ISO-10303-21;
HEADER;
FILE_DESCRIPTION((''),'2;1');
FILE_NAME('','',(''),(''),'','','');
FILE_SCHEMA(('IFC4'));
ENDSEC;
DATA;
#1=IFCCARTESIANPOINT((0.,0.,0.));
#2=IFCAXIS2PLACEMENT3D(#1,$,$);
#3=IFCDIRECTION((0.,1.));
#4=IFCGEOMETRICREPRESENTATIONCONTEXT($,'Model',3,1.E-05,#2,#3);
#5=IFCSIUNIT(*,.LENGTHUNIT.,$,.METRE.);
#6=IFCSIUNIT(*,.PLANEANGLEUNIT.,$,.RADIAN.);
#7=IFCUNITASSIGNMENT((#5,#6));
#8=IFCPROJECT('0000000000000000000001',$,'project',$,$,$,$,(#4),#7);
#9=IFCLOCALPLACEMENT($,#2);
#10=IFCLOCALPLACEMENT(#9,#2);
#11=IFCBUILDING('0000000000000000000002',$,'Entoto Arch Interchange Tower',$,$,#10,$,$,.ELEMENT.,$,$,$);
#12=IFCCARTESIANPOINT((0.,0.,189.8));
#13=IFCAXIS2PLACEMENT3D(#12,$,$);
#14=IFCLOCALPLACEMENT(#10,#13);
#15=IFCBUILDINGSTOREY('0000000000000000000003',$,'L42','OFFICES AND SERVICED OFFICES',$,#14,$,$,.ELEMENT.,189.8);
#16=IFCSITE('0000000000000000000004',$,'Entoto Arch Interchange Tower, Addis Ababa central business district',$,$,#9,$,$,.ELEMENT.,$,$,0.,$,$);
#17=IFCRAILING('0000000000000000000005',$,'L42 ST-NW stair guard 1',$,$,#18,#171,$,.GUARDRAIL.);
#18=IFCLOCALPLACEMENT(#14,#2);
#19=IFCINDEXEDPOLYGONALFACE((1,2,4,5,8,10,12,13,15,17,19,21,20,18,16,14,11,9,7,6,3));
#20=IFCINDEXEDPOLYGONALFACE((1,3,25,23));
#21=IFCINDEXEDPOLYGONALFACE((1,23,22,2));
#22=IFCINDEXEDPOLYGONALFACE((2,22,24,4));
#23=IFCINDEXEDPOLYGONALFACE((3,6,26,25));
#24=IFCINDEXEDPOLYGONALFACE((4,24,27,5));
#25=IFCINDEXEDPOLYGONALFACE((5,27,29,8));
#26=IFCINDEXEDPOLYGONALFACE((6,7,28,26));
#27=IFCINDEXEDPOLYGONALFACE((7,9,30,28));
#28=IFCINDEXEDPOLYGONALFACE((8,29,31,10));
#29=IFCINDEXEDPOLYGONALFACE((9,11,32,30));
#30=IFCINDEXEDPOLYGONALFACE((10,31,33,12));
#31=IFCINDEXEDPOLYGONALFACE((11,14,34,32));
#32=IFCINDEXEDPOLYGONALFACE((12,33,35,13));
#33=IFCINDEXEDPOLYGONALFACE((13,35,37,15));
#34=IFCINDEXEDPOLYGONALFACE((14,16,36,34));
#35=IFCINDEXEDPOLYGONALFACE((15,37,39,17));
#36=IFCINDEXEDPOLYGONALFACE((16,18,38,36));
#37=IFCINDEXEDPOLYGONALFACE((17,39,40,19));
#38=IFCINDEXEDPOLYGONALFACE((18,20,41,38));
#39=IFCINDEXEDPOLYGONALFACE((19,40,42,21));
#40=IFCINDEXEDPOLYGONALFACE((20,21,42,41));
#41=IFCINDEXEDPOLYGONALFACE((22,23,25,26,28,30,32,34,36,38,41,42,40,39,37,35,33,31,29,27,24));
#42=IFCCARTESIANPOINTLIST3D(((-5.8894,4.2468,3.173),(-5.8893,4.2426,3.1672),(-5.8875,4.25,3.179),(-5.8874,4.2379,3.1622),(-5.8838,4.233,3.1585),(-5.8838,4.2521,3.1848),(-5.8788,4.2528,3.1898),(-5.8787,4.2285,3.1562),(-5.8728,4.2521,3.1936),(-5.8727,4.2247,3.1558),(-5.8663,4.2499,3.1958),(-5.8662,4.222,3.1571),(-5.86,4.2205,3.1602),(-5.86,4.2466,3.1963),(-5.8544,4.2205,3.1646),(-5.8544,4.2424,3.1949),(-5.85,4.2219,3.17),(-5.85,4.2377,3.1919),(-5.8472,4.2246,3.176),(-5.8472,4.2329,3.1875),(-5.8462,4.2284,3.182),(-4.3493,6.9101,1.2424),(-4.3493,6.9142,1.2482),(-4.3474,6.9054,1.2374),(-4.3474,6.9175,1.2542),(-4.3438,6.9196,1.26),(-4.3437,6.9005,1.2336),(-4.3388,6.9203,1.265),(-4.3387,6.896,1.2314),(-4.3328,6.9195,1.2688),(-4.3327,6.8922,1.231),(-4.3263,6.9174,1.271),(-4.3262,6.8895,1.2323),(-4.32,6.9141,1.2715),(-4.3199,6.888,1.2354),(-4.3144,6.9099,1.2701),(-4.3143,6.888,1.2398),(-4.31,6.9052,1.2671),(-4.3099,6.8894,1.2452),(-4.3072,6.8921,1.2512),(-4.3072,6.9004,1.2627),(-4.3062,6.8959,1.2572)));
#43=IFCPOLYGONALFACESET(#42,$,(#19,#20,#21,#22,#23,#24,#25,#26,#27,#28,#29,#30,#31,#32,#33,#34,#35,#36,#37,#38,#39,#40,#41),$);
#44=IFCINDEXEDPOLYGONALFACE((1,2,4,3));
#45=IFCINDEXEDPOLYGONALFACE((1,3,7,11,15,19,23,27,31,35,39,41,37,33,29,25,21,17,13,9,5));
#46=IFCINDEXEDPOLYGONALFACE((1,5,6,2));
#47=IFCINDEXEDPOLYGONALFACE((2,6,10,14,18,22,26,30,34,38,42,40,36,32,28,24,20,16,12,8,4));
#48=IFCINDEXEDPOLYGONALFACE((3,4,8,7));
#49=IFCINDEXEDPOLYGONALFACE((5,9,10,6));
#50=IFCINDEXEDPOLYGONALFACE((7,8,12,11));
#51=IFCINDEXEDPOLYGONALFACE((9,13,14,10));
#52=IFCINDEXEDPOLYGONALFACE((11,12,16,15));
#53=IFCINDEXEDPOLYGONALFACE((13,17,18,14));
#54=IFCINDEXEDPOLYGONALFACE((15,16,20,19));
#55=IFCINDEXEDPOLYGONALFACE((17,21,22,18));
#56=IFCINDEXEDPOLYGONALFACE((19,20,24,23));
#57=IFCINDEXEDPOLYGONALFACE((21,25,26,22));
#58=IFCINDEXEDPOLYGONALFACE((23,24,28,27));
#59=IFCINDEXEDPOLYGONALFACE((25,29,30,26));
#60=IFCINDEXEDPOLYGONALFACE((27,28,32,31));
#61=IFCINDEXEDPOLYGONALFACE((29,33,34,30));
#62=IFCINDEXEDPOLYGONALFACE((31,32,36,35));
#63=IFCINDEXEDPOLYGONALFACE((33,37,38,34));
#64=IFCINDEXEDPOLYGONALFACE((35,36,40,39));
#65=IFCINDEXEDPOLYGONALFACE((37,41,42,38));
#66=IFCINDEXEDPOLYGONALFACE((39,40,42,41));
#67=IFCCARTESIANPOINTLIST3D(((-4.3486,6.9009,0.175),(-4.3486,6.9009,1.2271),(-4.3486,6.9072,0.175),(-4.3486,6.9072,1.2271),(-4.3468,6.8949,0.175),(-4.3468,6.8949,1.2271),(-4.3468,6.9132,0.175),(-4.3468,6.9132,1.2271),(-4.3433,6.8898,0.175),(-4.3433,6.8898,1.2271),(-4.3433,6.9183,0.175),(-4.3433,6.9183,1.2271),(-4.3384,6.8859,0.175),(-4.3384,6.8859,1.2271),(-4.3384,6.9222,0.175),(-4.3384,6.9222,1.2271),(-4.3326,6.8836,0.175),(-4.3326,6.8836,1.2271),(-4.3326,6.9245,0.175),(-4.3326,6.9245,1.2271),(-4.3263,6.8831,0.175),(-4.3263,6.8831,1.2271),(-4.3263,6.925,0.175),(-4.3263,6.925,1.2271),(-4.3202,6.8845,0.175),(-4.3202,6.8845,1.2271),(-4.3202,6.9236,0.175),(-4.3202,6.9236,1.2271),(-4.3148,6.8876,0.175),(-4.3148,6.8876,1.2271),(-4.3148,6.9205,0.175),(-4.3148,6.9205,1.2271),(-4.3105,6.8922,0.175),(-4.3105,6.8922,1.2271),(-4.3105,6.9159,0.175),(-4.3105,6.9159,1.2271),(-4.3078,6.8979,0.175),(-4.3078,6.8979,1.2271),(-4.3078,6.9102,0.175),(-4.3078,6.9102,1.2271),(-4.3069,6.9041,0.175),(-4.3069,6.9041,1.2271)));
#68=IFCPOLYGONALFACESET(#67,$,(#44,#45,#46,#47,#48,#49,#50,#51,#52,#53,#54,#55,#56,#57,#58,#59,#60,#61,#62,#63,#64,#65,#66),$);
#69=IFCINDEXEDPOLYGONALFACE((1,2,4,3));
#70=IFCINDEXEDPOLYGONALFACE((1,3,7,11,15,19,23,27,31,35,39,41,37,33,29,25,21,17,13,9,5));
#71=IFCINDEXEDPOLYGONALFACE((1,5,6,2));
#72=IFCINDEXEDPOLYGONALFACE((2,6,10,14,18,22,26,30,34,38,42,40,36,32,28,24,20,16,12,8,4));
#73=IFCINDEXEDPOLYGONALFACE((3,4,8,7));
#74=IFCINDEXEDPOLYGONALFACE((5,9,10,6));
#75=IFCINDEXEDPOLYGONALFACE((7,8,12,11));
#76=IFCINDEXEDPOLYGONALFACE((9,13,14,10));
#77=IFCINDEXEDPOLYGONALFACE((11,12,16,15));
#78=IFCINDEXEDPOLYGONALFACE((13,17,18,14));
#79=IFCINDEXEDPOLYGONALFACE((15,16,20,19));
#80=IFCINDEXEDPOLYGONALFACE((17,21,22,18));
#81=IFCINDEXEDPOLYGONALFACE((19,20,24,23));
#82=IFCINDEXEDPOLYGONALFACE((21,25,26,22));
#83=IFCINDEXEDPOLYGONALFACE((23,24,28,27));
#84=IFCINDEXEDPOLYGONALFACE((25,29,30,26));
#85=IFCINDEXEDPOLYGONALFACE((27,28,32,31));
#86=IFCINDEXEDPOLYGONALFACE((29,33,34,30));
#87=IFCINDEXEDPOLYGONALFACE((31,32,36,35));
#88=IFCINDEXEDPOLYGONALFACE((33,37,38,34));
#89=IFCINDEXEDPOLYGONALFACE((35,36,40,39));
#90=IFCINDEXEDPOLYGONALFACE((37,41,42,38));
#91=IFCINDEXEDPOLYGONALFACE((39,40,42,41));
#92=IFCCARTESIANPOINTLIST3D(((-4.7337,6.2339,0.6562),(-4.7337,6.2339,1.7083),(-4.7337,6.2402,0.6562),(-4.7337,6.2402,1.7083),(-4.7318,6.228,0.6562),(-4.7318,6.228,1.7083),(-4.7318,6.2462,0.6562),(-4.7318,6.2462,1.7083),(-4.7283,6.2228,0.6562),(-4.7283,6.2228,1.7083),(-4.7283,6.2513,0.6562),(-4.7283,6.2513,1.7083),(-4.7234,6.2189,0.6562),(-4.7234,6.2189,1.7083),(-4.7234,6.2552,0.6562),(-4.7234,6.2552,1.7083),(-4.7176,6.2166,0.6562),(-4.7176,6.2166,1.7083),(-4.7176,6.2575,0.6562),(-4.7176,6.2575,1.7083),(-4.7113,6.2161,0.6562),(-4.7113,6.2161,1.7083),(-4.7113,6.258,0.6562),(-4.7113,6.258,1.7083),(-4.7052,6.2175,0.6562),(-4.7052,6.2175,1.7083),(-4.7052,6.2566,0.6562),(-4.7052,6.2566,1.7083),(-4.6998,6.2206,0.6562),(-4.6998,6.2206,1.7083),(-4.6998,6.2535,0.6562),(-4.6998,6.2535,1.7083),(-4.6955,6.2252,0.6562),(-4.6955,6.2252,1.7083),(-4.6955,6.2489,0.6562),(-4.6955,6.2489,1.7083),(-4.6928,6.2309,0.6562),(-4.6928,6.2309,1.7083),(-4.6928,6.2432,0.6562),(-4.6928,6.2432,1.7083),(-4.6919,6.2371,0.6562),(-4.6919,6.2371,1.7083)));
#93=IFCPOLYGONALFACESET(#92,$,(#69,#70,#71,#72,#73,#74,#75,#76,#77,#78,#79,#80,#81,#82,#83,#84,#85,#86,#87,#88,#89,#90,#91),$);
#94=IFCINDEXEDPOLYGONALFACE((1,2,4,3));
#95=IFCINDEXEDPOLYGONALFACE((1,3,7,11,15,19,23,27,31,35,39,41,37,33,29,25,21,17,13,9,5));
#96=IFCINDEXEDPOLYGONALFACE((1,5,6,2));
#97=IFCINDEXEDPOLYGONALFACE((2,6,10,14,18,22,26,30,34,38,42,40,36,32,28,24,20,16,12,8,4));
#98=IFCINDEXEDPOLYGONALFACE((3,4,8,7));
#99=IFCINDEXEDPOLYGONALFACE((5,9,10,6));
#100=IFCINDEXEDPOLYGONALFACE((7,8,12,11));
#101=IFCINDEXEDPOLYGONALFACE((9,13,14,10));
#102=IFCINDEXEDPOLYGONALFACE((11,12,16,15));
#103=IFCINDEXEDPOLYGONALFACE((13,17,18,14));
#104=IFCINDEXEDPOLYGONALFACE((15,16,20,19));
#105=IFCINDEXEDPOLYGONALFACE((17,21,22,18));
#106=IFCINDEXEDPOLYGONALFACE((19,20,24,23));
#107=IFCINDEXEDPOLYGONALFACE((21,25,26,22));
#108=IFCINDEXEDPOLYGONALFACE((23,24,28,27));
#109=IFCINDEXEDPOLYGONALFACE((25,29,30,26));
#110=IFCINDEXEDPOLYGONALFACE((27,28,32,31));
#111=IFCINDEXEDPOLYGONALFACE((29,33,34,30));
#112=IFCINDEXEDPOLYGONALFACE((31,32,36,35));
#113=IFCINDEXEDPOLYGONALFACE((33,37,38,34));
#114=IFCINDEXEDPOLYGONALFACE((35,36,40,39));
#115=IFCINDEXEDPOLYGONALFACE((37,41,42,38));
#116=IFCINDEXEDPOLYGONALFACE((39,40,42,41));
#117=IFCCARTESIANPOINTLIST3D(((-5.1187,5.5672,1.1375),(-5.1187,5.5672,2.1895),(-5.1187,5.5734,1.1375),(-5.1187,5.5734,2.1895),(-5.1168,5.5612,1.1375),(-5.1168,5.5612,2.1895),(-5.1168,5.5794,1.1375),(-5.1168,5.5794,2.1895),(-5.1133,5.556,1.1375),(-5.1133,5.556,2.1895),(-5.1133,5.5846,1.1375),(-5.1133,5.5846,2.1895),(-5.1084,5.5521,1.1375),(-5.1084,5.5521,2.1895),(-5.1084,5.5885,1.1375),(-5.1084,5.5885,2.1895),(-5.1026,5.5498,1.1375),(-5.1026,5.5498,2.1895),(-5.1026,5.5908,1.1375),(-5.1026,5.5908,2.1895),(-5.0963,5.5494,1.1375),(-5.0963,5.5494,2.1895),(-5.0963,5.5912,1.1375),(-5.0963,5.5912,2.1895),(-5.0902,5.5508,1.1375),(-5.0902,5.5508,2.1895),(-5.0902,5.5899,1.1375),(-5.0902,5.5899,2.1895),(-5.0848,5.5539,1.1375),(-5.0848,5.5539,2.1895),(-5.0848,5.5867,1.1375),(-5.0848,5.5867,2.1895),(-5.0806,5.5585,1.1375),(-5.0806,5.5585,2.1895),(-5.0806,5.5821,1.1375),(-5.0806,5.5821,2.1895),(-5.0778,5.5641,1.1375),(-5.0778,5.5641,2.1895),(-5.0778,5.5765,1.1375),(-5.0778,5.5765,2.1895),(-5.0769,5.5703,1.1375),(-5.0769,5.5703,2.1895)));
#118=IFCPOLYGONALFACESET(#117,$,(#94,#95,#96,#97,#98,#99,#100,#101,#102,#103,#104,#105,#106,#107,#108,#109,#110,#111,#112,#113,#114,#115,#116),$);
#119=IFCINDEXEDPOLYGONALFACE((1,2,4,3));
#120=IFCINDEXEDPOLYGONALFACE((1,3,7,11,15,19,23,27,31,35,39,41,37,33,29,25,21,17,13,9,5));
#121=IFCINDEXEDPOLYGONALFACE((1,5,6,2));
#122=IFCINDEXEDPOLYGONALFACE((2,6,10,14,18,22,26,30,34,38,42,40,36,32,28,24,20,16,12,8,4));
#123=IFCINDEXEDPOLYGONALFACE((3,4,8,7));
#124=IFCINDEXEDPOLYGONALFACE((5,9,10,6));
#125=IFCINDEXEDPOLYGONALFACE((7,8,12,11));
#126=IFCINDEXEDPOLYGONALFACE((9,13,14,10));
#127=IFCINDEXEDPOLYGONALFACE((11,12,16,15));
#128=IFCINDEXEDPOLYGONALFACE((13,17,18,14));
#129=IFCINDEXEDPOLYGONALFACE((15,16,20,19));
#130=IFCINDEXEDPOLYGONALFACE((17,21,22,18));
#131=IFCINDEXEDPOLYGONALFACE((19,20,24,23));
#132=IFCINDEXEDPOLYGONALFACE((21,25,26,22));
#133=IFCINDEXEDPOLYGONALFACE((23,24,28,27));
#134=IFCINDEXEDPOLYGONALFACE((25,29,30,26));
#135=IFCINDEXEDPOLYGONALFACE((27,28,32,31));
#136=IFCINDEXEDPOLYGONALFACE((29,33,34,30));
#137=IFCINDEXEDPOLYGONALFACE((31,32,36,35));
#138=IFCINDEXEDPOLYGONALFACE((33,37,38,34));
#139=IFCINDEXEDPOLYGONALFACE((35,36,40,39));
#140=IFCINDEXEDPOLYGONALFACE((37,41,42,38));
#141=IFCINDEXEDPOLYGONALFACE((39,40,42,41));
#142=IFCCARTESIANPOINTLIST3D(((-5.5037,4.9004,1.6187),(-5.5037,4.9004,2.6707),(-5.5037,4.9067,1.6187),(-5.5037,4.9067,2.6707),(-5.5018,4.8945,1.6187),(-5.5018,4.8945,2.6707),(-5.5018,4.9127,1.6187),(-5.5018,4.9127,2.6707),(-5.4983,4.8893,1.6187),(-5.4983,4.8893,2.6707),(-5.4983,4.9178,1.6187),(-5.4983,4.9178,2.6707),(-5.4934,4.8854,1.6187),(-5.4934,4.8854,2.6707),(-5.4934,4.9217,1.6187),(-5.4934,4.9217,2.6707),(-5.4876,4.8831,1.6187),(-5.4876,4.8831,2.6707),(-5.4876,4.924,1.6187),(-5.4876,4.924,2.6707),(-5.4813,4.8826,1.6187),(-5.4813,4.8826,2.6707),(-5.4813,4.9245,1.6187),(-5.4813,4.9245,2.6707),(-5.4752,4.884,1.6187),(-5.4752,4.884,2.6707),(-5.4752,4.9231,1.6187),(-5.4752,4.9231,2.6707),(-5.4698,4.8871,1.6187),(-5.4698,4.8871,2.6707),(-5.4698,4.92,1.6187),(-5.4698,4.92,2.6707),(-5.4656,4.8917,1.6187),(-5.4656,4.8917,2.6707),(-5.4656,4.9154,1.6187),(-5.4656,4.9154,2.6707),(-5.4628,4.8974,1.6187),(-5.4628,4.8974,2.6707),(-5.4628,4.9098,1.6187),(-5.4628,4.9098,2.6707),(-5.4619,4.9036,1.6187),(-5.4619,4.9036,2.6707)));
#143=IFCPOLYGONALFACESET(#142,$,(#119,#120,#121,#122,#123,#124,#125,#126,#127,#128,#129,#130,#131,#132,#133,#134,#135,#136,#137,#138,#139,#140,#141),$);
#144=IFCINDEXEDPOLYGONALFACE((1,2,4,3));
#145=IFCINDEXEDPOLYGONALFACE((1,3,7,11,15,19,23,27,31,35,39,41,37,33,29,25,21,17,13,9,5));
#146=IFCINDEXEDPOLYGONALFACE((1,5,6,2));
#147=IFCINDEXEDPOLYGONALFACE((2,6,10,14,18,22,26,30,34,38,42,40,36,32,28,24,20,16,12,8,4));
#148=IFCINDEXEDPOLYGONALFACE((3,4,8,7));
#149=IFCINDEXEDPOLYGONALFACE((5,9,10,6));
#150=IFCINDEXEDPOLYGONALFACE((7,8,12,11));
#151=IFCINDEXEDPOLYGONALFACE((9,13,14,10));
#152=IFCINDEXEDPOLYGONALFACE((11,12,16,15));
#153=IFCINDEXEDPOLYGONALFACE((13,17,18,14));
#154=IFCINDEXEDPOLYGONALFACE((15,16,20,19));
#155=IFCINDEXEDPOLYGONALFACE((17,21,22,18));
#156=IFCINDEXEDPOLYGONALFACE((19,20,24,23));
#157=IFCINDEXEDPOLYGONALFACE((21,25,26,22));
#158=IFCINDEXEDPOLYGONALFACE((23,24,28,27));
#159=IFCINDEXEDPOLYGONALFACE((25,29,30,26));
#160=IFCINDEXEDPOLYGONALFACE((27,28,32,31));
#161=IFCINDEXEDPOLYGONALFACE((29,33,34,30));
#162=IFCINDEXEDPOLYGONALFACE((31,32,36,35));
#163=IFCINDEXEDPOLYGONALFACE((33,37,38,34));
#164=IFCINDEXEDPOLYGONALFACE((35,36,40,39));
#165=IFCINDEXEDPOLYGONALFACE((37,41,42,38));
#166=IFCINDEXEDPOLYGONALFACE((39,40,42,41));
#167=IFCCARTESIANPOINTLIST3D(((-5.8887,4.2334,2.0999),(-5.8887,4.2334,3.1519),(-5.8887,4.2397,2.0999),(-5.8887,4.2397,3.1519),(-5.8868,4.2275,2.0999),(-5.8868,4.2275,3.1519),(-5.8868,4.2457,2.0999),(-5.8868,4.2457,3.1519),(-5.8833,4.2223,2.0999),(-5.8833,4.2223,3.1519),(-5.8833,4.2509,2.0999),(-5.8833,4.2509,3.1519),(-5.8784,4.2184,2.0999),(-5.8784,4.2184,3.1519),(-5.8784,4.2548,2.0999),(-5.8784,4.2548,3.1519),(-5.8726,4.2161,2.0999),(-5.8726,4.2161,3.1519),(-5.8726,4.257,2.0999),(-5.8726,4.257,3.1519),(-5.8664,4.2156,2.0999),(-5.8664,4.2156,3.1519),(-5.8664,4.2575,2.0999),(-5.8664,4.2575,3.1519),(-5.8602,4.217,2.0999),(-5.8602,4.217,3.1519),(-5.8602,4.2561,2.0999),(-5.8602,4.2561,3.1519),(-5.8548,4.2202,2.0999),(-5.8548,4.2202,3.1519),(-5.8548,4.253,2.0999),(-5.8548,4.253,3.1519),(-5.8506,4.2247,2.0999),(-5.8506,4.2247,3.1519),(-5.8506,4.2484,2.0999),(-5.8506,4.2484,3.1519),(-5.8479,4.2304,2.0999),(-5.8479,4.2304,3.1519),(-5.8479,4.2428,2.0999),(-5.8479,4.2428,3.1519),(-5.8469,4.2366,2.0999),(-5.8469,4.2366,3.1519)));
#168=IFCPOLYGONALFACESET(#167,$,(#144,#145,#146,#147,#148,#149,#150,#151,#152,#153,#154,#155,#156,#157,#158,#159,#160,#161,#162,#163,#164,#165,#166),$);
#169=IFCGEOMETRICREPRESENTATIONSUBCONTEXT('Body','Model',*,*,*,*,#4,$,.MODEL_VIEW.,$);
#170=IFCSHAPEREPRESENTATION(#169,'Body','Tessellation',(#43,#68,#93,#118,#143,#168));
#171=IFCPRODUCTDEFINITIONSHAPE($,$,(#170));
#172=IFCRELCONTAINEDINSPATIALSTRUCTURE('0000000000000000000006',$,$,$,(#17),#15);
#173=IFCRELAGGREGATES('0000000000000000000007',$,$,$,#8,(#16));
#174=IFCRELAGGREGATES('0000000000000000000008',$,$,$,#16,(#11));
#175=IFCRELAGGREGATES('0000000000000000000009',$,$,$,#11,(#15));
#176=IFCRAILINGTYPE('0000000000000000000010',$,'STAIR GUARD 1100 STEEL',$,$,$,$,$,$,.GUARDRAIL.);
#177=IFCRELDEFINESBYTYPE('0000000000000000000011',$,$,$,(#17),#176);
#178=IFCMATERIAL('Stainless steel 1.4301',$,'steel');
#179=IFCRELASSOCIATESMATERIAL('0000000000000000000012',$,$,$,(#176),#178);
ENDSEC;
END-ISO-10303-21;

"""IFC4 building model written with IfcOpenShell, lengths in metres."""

from ifc_helpers import new_model, si_unit, direction, frame, origin, origin_2d, place, context, subcontext, project, spatial, circle, extrude, material, type_object, element, save


model = new_model("IFC4")

# Units and contexts
model_context = context("Model", 3, precision=1e-05, world=origin(), true_north=direction((0.0, 1.0)))
body_context = subcontext(model_context, "Body", "Model", "MODEL_VIEW")
ifc_project = project(units=[si_unit("LENGTHUNIT", "METRE"), si_unit("PLANEANGLEUNIT", "RADIAN")], contexts=[model_context])

# Site, building, storey
site_placement = place(None, origin())
site = spatial("IfcSite", under=ifc_project, at=site_placement, Name="Entoto Arch Interchange Tower, Addis Ababa central business district", CompositionType="ELEMENT", RefElevation=0.0)
building_placement = place(site_placement, origin())
building = spatial("IfcBuilding", under=site, at=building_placement, Name="Entoto Arch Interchange Tower", CompositionType="ELEMENT")
storey_placement = place(building_placement, frame((0.0, 0.0, 189.8)))
storey = spatial("IfcBuildingStorey", under=building, at=storey_placement, Name="L42", Description="OFFICES AND SERVICED OFFICES", CompositionType="ELEMENT", Elevation=189.8)

# Railing
ifc_material_1 = material(Name="Stainless steel 1.4301", Category="steel")
railing_type_1 = type_object("IfcRailingType", Name="STAIR GUARD 1100 STEEL", PredefinedType="GUARDRAIL", material=ifc_material_1)
railing_1_placement = place(storey_placement, frame((-4.3279, 6.9041, 0.175)))
element("IfcRailing", 1, at=railing_1_placement, inside=storey, type_object=railing_type_1, Name="L42 ST-NW stair guard 1", PredefinedType="GUARDRAIL", context=body_context, shape_type="SweptSolid", body=[
    extrude(circle(Radius=0.0239, at=origin_2d()), frame((0.0, 0.0, 1.0762), z_axis=(-0.42401, -0.734421, 0.529945), x_axis=(0.86603, -0.499992, 0.0)), (0.0, 0.0, 1.0), 3.6321),
    extrude(circle(Radius=0.021, at=origin_2d()), origin(), (0.0, 0.0, 1.0), 1.052),
    extrude(circle(Radius=0.021, at=origin_2d()), frame((-0.385, -0.667, 0.4812)), (0.0, 0.0, 1.0), 1.052),
    extrude(circle(Radius=0.021, at=origin_2d()), frame((-0.77, -1.3337, 0.9624)), (0.0, 0.0, 1.0), 1.052),
    extrude(circle(Radius=0.021, at=origin_2d()), frame((-1.155, -2.0005, 1.4436)), (0.0, 0.0, 1.0), 1.052),
    extrude(circle(Radius=0.021, at=origin_2d()), frame((-1.54, -2.6675, 1.9248)), (0.0, 0.0, 1.0), 1.052),
])

save(model, "model.ifc")
